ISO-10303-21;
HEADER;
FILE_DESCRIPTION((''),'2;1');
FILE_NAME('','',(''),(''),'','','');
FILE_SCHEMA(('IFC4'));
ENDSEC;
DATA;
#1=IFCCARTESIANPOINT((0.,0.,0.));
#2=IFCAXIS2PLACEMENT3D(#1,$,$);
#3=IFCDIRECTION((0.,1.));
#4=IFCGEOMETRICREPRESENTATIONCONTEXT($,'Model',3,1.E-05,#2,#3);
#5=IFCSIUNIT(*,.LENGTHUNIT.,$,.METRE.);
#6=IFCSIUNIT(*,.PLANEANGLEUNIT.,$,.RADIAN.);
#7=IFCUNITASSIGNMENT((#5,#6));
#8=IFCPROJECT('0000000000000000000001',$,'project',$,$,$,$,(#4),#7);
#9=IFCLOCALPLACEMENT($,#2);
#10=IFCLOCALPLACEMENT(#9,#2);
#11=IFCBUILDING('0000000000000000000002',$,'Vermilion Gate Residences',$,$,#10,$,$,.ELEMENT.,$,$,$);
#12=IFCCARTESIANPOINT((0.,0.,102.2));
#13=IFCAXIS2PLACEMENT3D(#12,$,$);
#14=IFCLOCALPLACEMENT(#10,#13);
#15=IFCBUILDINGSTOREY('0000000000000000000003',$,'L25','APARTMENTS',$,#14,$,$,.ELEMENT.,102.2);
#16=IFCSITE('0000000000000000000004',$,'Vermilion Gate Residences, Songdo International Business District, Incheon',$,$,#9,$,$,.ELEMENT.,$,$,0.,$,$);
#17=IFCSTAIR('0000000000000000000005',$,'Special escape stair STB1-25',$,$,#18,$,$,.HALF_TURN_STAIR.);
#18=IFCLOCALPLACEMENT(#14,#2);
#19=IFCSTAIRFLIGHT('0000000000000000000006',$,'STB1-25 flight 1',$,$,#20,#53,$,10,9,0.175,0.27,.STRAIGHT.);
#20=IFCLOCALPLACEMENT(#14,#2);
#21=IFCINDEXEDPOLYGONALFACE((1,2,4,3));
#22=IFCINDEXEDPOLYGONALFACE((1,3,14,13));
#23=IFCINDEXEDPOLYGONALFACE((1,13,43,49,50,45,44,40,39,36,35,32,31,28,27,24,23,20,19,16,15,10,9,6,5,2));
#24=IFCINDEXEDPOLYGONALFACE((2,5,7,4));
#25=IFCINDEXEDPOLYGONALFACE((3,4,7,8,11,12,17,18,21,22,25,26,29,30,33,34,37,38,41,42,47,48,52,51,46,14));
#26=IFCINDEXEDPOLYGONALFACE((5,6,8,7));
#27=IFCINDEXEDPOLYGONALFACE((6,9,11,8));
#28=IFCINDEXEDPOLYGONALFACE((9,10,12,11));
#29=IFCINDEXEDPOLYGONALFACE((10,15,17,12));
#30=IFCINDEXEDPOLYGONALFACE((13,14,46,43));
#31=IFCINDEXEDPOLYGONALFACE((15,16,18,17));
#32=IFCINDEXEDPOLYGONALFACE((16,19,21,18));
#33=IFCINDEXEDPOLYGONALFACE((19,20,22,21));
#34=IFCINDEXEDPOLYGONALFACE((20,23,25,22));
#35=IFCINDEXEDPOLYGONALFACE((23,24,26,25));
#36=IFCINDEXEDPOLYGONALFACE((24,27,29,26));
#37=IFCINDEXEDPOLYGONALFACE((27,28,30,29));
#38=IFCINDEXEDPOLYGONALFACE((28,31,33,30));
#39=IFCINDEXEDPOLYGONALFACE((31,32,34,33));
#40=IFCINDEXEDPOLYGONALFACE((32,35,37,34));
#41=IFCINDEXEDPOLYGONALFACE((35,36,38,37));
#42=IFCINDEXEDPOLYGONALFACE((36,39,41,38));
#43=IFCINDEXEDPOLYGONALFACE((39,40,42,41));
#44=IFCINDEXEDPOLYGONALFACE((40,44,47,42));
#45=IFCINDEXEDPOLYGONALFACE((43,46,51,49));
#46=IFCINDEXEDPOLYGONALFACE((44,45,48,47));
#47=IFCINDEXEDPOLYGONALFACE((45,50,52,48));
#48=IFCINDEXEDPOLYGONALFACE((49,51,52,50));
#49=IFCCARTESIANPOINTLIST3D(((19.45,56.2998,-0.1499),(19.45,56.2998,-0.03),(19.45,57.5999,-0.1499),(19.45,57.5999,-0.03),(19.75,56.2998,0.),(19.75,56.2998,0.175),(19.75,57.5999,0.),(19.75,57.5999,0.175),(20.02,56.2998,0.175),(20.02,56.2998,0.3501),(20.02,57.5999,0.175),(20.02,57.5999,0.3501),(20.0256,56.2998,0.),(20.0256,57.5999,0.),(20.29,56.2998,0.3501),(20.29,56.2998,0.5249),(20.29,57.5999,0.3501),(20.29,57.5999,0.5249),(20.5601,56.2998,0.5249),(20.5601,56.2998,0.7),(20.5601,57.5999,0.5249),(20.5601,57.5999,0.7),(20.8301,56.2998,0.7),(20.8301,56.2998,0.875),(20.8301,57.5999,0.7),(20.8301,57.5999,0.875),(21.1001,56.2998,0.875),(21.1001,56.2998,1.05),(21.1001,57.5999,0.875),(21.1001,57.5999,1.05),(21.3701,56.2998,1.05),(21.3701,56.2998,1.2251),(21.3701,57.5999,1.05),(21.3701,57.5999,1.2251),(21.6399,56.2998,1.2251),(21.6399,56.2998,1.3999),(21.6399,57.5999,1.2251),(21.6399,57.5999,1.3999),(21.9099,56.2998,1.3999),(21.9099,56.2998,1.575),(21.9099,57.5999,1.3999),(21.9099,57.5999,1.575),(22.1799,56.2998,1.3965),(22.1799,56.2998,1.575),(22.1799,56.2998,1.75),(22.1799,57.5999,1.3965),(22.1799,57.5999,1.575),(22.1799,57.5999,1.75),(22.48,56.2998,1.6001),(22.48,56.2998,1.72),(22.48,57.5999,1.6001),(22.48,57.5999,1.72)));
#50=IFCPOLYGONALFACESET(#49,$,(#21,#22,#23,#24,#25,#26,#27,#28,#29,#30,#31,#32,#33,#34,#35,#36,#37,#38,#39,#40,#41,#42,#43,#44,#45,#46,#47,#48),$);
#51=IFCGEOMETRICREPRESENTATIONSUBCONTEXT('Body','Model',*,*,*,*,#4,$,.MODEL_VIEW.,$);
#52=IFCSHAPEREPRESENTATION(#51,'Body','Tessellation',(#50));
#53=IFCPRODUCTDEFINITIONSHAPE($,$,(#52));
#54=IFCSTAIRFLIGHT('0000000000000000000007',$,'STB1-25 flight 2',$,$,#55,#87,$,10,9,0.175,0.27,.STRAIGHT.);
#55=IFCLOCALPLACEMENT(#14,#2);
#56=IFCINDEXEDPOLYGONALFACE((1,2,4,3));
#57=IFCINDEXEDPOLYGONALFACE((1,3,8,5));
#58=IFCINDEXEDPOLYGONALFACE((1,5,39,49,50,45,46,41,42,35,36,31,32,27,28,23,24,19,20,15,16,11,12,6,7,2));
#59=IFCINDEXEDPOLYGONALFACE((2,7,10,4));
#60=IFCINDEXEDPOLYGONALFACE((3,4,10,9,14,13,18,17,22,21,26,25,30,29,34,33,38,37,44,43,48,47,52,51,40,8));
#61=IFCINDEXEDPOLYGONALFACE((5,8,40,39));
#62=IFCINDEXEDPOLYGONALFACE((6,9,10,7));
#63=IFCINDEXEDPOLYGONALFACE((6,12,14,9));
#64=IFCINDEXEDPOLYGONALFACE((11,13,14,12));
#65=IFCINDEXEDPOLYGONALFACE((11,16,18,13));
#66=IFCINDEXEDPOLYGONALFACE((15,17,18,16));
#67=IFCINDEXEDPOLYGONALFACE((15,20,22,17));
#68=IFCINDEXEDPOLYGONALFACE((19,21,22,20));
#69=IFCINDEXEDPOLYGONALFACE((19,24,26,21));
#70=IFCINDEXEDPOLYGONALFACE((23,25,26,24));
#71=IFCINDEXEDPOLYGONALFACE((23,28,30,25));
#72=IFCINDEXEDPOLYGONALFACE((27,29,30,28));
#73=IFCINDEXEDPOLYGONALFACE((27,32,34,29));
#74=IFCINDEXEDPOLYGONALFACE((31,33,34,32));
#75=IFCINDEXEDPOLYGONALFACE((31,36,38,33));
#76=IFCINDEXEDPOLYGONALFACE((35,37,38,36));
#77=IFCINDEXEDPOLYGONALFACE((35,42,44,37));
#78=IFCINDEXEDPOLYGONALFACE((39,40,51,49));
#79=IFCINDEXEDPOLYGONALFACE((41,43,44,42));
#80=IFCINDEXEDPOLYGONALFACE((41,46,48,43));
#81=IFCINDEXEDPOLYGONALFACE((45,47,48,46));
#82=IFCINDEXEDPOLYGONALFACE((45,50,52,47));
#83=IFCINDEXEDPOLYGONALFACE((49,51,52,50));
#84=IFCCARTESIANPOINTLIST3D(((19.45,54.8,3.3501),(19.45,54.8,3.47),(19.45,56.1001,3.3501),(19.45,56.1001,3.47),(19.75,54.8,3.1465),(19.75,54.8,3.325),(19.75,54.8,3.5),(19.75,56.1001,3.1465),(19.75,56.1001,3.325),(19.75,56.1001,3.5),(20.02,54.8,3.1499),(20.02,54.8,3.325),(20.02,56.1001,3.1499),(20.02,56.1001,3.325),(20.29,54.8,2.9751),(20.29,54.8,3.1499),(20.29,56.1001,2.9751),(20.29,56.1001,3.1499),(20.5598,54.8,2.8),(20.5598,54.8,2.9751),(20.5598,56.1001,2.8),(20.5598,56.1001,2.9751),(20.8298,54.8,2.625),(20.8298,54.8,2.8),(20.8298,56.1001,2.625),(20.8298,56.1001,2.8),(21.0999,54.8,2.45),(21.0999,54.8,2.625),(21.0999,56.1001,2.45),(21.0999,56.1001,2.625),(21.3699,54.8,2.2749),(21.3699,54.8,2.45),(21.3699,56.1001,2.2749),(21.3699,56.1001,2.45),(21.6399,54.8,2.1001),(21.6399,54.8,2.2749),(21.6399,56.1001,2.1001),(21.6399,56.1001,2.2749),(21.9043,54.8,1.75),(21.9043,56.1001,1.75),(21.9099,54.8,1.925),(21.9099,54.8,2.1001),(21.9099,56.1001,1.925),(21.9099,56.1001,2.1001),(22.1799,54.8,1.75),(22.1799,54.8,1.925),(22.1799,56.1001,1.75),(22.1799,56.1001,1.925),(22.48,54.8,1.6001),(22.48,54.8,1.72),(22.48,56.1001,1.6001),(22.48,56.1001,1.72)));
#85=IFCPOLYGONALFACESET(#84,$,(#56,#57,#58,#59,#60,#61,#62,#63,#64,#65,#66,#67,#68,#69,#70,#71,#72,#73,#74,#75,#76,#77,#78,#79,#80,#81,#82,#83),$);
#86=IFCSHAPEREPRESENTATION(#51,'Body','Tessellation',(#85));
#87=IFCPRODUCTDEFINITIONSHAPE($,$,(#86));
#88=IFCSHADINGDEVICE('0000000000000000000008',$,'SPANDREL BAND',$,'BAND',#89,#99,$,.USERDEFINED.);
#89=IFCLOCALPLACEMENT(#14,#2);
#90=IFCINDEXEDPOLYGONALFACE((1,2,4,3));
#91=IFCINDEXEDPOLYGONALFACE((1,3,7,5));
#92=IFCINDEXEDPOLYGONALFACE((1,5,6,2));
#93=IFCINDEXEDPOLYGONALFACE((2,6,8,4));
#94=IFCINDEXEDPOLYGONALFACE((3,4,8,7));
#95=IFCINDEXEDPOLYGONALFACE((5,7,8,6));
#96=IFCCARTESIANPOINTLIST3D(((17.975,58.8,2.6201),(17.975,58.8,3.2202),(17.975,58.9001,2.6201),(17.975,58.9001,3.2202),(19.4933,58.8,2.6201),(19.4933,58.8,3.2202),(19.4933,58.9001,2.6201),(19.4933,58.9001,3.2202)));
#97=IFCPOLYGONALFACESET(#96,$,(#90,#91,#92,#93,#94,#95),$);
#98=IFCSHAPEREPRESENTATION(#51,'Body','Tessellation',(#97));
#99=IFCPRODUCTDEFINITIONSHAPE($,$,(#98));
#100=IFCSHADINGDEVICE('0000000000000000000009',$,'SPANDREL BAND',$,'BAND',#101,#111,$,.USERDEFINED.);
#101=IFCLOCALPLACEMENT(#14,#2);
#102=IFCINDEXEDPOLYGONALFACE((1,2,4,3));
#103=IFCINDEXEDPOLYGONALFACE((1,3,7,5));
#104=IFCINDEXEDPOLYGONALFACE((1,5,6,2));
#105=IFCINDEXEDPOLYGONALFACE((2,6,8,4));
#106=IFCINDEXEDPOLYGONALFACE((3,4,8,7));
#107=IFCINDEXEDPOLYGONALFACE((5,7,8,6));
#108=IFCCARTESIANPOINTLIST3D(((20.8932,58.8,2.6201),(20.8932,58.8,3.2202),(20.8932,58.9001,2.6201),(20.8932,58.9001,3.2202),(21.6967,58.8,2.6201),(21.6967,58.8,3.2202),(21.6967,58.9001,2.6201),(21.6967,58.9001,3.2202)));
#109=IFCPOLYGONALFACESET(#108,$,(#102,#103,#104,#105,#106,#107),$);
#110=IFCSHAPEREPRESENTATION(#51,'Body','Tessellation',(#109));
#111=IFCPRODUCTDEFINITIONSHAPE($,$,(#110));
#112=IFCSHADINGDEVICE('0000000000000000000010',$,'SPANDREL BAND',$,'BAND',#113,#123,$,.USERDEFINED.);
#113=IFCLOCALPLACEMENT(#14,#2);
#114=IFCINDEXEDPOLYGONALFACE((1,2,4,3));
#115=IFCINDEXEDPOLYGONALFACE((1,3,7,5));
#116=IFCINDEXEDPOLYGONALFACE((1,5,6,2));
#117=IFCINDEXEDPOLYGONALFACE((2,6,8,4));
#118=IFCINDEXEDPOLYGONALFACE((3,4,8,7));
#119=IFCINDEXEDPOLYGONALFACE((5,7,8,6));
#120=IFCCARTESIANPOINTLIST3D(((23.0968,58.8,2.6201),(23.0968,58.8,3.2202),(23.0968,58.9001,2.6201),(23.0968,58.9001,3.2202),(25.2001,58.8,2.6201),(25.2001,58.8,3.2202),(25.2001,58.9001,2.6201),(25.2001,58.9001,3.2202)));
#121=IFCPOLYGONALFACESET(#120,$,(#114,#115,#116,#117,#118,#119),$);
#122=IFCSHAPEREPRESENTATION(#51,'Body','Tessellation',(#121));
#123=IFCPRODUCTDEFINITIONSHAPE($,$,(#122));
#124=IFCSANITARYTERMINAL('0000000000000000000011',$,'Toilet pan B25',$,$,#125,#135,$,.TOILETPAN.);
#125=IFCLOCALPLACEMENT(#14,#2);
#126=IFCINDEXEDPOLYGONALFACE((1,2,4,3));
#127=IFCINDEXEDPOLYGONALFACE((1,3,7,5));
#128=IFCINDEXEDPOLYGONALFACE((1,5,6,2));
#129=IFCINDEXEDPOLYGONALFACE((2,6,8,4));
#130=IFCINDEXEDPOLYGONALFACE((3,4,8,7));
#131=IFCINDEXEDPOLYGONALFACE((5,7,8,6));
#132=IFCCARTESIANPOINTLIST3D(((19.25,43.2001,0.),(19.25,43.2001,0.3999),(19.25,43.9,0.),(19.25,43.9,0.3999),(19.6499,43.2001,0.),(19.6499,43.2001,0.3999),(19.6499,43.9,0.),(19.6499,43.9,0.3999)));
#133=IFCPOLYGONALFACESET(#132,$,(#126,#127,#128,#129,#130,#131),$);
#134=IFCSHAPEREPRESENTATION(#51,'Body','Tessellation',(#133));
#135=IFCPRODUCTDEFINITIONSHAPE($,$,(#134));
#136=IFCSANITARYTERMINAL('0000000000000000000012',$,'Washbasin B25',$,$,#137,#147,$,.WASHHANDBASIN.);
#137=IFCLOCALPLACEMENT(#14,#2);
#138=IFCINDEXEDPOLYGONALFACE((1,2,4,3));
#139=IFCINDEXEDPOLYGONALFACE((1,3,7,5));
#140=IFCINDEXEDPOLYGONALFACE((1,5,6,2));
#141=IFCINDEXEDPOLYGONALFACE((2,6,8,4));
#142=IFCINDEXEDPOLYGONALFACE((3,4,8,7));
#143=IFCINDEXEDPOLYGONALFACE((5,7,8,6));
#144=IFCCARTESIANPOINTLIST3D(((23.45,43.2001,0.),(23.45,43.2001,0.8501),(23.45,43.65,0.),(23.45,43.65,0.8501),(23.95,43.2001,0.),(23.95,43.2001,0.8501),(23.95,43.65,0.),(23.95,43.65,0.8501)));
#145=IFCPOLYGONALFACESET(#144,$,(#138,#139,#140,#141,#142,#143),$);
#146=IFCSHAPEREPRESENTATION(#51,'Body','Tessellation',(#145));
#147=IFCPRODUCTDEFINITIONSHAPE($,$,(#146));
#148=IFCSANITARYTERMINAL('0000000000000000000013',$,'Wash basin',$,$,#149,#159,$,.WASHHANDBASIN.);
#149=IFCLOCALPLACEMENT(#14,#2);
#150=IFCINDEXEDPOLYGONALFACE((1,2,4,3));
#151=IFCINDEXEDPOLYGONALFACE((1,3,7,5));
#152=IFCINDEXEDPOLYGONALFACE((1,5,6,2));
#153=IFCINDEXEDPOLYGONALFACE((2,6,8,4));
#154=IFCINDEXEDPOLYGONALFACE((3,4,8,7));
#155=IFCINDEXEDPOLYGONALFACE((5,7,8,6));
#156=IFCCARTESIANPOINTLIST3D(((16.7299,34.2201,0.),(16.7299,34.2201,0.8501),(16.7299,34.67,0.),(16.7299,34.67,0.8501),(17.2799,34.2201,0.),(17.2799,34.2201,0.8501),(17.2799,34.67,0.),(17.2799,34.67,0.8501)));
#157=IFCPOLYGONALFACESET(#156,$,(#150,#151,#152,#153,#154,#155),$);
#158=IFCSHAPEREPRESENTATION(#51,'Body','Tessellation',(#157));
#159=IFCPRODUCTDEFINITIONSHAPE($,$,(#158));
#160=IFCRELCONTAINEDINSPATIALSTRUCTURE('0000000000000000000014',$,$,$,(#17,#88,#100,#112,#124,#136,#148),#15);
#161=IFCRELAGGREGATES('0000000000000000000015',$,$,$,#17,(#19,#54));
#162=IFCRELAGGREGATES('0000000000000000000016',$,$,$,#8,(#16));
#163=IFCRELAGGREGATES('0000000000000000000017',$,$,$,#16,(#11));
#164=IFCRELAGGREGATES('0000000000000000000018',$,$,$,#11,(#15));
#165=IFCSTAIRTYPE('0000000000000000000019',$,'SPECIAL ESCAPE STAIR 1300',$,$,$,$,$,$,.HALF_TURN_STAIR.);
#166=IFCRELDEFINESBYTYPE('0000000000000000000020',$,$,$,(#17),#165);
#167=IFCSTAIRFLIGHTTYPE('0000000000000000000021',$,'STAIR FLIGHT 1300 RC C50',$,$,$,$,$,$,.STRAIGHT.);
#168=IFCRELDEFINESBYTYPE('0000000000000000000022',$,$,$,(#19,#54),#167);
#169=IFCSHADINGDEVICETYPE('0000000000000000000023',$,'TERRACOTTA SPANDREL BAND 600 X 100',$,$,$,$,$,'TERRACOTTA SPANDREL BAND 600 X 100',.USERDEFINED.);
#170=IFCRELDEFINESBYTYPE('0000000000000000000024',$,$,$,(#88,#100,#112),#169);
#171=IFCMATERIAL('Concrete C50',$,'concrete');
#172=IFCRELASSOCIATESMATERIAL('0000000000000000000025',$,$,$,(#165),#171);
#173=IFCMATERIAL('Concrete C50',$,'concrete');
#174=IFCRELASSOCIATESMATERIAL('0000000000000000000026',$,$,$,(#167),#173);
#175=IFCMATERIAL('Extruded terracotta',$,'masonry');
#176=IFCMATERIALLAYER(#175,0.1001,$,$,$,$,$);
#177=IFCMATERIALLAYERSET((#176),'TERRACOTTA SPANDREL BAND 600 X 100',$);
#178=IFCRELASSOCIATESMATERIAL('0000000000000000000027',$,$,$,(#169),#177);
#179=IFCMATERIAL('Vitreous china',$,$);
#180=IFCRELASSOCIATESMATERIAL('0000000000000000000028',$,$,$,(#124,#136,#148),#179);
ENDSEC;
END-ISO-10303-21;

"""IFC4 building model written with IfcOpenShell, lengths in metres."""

from ifc_helpers import new_model, si_unit, direction, frame, origin, origin_2d, place, context, subcontext, project, spatial, polyline, rectangle, outline, extrude, material, layer, layer_set, type_object, element, aggregate, save


model = new_model("IFC4")

# Units and contexts
model_context = context("Model", 3, precision=1e-05, world=origin(), true_north=direction((0.0, 1.0)))
body_context = subcontext(model_context, "Body", "Model", "MODEL_VIEW")
ifc_project = project(units=[si_unit("LENGTHUNIT", "METRE"), si_unit("PLANEANGLEUNIT", "RADIAN")], contexts=[model_context])

# Site, building, storey
site_placement = place(None, origin())
site = spatial("IfcSite", under=ifc_project, at=site_placement, Name="Vermilion Gate Residences, Songdo International Business District, Incheon", CompositionType="ELEMENT", RefElevation=0.0)
building_placement = place(site_placement, origin())
building = spatial("IfcBuilding", under=site, at=building_placement, Name="Vermilion Gate Residences", CompositionType="ELEMENT")
storey_placement = place(building_placement, frame((0.0, 0.0, 102.2)))
storey = spatial("IfcBuildingStorey", under=building, at=storey_placement, Name="L25", Description="APARTMENTS", CompositionType="ELEMENT", Elevation=102.2)

# Stair, stair flights
ifc_material_1 = material(Name="Concrete C50", Category="concrete")
stair_type = type_object("IfcStairType", Name="SPECIAL ESCAPE STAIR 1300", PredefinedType="HALF_TURN_STAIR", material=ifc_material_1)
stair_placement = place(storey_placement, origin())
stair = element("IfcStair", 1, at=stair_placement, inside=storey, type_object=stair_type, Name="Special escape stair STB1-25", PredefinedType="HALF_TURN_STAIR")
ifc_material_2 = material(Name="Concrete C50", Category="concrete")
stair_flight_type = type_object("IfcStairFlightType", Name="STAIR FLIGHT 1300 RC C50", PredefinedType="STRAIGHT", material=ifc_material_2)
stair_flight_1_placement = place(storey_placement, frame((19.75, 56.95, 0.0), z_axis=(0.0, 0.0, 1.0), x_axis=(1.0, 0.0, 0.0)))
stair_flight_1 = element("IfcStairFlight", 2, at=stair_flight_1_placement, type_object=stair_flight_type, Name="STB1-25 flight 1", NumberOfRisers=10, NumberOfTreads=9, PredefinedType="STRAIGHT", RiserHeight=0.175, TreadLength=0.27, context=body_context, shape_type="SweptSolid", body=[
    extrude(outline(polyline([(-0.3, -0.1499), (-0.3, -0.03), (0.0, 0.0), (0.0, 0.175), (0.27, 0.175), (0.27, 0.3501), (0.54, 0.3501), (0.54, 0.5249), (0.8101, 0.5249), (0.8101, 0.7), (1.0801, 0.7), (1.0801, 0.875), (1.3501, 0.875), (1.3501, 1.05), (1.6201, 1.05), (1.6201, 1.2251), (1.8899, 1.2251), (1.8899, 1.3999), (2.1599, 1.3999), (2.1599, 1.575), (2.4299, 1.575), (2.4299, 1.75), (2.73, 1.72), (2.73, 1.6001), (2.4299, 1.3965), (0.2756, 0.0), (-0.3, -0.1499)])), frame((0.0, 0.6499, 0.0), z_axis=(0.0, -1.0, 0.0), x_axis=(1.0, 0.0, 0.0)), (0.0, 0.0, 1.0), 1.3),
])
stair_flight_2_placement = place(storey_placement, frame((22.1799, 55.45, 1.75), z_axis=(0.0, 0.0, 1.0), x_axis=(-1.0, 0.0, 0.0)))
stair_flight_2 = element("IfcStairFlight", 3, at=stair_flight_2_placement, type_object=stair_flight_type, Name="STB1-25 flight 2", NumberOfRisers=10, NumberOfTreads=9, PredefinedType="STRAIGHT", RiserHeight=0.175, TreadLength=0.27, context=body_context, shape_type="SweptSolid", body=[
    extrude(outline(polyline([(-0.3, -0.1499), (-0.3, -0.03), (0.0, 0.0), (0.0, 0.175), (0.27, 0.175), (0.27, 0.3501), (0.54, 0.3501), (0.54, 0.5249), (0.8101, 0.5249), (0.8101, 0.7), (1.0801, 0.7), (1.0801, 0.875), (1.3501, 0.875), (1.3501, 1.05), (1.6201, 1.05), (1.6201, 1.2251), (1.8899, 1.2251), (1.8899, 1.3999), (2.1599, 1.3999), (2.1599, 1.575), (2.4299, 1.575), (2.4299, 1.75), (2.73, 1.72), (2.73, 1.6001), (2.4299, 1.3965), (0.2756, 0.0), (-0.3, -0.1499)])), frame((0.0, 0.6499, 0.0), z_axis=(0.0, -1.0, 0.0), x_axis=(1.0, 0.0, 0.0)), (0.0, 0.0, 1.0), 1.3),
])
aggregate(stair, [stair_flight_1, stair_flight_2])

# Shading devices
ifc_material_3 = material(Name="Extruded terracotta", Category="masonry")
ifc_layer_1 = layer(ifc_material_3, 0.1001)
ifc_layer_set_1 = layer_set([ifc_layer_1], Name="TERRACOTTA SPANDREL BAND 600 X 100")
shading_device_type = type_object("IfcShadingDeviceType", Name="TERRACOTTA SPANDREL BAND 600 X 100", ElementType="TERRACOTTA SPANDREL BAND 600 X 100", PredefinedType="USERDEFINED", material=ifc_layer_set_1)
shading_device_1_placement = place(storey_placement, frame((18.7341, 58.8501, 2.6201), z_axis=(0.0, 0.0, 1.0), x_axis=(1.0, 0.0, 0.0)))
element("IfcShadingDevice", 4, at=shading_device_1_placement, inside=storey, type_object=shading_device_type, Name="SPANDREL BAND", ObjectType="BAND", PredefinedType="USERDEFINED", context=body_context, shape_type="SweptSolid", body=[
    extrude(rectangle(XDim=1.5183, YDim=0.1001, at=origin_2d()), origin(), (0.0, 0.0, 1.0), 0.6001),
])
shading_device_2_placement = place(storey_placement, frame((21.2949, 58.8501, 2.6201), z_axis=(0.0, 0.0, 1.0), x_axis=(1.0, 0.0, 0.0)))
element("IfcShadingDevice", 5, at=shading_device_2_placement, inside=storey, type_object=shading_device_type, Name="SPANDREL BAND", ObjectType="BAND", PredefinedType="USERDEFINED", context=body_context, shape_type="SweptSolid", body=[
    extrude(rectangle(XDim=0.8035, YDim=0.1001, at=origin_2d()), origin(), (0.0, 0.0, 1.0), 0.6001),
])
shading_device_3_placement = place(storey_placement, frame((24.1484, 58.8501, 2.6201), z_axis=(0.0, 0.0, 1.0), x_axis=(1.0, 0.0, 0.0)))
element("IfcShadingDevice", 6, at=shading_device_3_placement, inside=storey, type_object=shading_device_type, Name="SPANDREL BAND", ObjectType="BAND", PredefinedType="USERDEFINED", context=body_context, shape_type="SweptSolid", body=[
    extrude(rectangle(XDim=2.1033, YDim=0.1001, at=origin_2d()), origin(), (0.0, 0.0, 1.0), 0.6001),
])

# Sanitary terminals
ifc_material_4 = material(Name="Vitreous china")
sanitary_terminal_1_placement = place(storey_placement, frame((19.45, 43.55, 0.0), z_axis=(0.0, 0.0, 1.0), x_axis=(1.0, 0.0, 0.0)))
element("IfcSanitaryTerminal", 7, at=sanitary_terminal_1_placement, inside=storey, material=ifc_material_4, Name="Toilet pan B25", PredefinedType="TOILETPAN", context=body_context, shape_type="SweptSolid", body=[
    extrude(rectangle(XDim=0.3999, YDim=0.7, at=origin_2d()), origin(), (0.0, 0.0, 1.0), 0.3999),
])
sanitary_terminal_2_placement = place(storey_placement, frame((23.7, 43.425, 0.0), z_axis=(0.0, 0.0, 1.0), x_axis=(1.0, 0.0, 0.0)))
element("IfcSanitaryTerminal", 8, at=sanitary_terminal_2_placement, inside=storey, material=ifc_material_4, Name="Washbasin B25", PredefinedType="WASHHANDBASIN", context=body_context, shape_type="SweptSolid", body=[
    extrude(rectangle(XDim=0.5, YDim=0.45, at=origin_2d()), origin(), (0.0, 0.0, 1.0), 0.8501),
])
sanitary_terminal_3_placement = place(storey_placement, frame((17.0049, 34.4451, 0.0), z_axis=(0.0, 0.0, 1.0), x_axis=(1.0, 0.0, 0.0)))
element("IfcSanitaryTerminal", 9, at=sanitary_terminal_3_placement, inside=storey, material=ifc_material_4, Name="Wash basin", PredefinedType="WASHHANDBASIN", context=body_context, shape_type="SweptSolid", body=[
    extrude(rectangle(XDim=0.55, YDim=0.45, at=origin_2d()), origin(), (0.0, 0.0, 1.0), 0.8501),
])

save(model, "model.ifc")
